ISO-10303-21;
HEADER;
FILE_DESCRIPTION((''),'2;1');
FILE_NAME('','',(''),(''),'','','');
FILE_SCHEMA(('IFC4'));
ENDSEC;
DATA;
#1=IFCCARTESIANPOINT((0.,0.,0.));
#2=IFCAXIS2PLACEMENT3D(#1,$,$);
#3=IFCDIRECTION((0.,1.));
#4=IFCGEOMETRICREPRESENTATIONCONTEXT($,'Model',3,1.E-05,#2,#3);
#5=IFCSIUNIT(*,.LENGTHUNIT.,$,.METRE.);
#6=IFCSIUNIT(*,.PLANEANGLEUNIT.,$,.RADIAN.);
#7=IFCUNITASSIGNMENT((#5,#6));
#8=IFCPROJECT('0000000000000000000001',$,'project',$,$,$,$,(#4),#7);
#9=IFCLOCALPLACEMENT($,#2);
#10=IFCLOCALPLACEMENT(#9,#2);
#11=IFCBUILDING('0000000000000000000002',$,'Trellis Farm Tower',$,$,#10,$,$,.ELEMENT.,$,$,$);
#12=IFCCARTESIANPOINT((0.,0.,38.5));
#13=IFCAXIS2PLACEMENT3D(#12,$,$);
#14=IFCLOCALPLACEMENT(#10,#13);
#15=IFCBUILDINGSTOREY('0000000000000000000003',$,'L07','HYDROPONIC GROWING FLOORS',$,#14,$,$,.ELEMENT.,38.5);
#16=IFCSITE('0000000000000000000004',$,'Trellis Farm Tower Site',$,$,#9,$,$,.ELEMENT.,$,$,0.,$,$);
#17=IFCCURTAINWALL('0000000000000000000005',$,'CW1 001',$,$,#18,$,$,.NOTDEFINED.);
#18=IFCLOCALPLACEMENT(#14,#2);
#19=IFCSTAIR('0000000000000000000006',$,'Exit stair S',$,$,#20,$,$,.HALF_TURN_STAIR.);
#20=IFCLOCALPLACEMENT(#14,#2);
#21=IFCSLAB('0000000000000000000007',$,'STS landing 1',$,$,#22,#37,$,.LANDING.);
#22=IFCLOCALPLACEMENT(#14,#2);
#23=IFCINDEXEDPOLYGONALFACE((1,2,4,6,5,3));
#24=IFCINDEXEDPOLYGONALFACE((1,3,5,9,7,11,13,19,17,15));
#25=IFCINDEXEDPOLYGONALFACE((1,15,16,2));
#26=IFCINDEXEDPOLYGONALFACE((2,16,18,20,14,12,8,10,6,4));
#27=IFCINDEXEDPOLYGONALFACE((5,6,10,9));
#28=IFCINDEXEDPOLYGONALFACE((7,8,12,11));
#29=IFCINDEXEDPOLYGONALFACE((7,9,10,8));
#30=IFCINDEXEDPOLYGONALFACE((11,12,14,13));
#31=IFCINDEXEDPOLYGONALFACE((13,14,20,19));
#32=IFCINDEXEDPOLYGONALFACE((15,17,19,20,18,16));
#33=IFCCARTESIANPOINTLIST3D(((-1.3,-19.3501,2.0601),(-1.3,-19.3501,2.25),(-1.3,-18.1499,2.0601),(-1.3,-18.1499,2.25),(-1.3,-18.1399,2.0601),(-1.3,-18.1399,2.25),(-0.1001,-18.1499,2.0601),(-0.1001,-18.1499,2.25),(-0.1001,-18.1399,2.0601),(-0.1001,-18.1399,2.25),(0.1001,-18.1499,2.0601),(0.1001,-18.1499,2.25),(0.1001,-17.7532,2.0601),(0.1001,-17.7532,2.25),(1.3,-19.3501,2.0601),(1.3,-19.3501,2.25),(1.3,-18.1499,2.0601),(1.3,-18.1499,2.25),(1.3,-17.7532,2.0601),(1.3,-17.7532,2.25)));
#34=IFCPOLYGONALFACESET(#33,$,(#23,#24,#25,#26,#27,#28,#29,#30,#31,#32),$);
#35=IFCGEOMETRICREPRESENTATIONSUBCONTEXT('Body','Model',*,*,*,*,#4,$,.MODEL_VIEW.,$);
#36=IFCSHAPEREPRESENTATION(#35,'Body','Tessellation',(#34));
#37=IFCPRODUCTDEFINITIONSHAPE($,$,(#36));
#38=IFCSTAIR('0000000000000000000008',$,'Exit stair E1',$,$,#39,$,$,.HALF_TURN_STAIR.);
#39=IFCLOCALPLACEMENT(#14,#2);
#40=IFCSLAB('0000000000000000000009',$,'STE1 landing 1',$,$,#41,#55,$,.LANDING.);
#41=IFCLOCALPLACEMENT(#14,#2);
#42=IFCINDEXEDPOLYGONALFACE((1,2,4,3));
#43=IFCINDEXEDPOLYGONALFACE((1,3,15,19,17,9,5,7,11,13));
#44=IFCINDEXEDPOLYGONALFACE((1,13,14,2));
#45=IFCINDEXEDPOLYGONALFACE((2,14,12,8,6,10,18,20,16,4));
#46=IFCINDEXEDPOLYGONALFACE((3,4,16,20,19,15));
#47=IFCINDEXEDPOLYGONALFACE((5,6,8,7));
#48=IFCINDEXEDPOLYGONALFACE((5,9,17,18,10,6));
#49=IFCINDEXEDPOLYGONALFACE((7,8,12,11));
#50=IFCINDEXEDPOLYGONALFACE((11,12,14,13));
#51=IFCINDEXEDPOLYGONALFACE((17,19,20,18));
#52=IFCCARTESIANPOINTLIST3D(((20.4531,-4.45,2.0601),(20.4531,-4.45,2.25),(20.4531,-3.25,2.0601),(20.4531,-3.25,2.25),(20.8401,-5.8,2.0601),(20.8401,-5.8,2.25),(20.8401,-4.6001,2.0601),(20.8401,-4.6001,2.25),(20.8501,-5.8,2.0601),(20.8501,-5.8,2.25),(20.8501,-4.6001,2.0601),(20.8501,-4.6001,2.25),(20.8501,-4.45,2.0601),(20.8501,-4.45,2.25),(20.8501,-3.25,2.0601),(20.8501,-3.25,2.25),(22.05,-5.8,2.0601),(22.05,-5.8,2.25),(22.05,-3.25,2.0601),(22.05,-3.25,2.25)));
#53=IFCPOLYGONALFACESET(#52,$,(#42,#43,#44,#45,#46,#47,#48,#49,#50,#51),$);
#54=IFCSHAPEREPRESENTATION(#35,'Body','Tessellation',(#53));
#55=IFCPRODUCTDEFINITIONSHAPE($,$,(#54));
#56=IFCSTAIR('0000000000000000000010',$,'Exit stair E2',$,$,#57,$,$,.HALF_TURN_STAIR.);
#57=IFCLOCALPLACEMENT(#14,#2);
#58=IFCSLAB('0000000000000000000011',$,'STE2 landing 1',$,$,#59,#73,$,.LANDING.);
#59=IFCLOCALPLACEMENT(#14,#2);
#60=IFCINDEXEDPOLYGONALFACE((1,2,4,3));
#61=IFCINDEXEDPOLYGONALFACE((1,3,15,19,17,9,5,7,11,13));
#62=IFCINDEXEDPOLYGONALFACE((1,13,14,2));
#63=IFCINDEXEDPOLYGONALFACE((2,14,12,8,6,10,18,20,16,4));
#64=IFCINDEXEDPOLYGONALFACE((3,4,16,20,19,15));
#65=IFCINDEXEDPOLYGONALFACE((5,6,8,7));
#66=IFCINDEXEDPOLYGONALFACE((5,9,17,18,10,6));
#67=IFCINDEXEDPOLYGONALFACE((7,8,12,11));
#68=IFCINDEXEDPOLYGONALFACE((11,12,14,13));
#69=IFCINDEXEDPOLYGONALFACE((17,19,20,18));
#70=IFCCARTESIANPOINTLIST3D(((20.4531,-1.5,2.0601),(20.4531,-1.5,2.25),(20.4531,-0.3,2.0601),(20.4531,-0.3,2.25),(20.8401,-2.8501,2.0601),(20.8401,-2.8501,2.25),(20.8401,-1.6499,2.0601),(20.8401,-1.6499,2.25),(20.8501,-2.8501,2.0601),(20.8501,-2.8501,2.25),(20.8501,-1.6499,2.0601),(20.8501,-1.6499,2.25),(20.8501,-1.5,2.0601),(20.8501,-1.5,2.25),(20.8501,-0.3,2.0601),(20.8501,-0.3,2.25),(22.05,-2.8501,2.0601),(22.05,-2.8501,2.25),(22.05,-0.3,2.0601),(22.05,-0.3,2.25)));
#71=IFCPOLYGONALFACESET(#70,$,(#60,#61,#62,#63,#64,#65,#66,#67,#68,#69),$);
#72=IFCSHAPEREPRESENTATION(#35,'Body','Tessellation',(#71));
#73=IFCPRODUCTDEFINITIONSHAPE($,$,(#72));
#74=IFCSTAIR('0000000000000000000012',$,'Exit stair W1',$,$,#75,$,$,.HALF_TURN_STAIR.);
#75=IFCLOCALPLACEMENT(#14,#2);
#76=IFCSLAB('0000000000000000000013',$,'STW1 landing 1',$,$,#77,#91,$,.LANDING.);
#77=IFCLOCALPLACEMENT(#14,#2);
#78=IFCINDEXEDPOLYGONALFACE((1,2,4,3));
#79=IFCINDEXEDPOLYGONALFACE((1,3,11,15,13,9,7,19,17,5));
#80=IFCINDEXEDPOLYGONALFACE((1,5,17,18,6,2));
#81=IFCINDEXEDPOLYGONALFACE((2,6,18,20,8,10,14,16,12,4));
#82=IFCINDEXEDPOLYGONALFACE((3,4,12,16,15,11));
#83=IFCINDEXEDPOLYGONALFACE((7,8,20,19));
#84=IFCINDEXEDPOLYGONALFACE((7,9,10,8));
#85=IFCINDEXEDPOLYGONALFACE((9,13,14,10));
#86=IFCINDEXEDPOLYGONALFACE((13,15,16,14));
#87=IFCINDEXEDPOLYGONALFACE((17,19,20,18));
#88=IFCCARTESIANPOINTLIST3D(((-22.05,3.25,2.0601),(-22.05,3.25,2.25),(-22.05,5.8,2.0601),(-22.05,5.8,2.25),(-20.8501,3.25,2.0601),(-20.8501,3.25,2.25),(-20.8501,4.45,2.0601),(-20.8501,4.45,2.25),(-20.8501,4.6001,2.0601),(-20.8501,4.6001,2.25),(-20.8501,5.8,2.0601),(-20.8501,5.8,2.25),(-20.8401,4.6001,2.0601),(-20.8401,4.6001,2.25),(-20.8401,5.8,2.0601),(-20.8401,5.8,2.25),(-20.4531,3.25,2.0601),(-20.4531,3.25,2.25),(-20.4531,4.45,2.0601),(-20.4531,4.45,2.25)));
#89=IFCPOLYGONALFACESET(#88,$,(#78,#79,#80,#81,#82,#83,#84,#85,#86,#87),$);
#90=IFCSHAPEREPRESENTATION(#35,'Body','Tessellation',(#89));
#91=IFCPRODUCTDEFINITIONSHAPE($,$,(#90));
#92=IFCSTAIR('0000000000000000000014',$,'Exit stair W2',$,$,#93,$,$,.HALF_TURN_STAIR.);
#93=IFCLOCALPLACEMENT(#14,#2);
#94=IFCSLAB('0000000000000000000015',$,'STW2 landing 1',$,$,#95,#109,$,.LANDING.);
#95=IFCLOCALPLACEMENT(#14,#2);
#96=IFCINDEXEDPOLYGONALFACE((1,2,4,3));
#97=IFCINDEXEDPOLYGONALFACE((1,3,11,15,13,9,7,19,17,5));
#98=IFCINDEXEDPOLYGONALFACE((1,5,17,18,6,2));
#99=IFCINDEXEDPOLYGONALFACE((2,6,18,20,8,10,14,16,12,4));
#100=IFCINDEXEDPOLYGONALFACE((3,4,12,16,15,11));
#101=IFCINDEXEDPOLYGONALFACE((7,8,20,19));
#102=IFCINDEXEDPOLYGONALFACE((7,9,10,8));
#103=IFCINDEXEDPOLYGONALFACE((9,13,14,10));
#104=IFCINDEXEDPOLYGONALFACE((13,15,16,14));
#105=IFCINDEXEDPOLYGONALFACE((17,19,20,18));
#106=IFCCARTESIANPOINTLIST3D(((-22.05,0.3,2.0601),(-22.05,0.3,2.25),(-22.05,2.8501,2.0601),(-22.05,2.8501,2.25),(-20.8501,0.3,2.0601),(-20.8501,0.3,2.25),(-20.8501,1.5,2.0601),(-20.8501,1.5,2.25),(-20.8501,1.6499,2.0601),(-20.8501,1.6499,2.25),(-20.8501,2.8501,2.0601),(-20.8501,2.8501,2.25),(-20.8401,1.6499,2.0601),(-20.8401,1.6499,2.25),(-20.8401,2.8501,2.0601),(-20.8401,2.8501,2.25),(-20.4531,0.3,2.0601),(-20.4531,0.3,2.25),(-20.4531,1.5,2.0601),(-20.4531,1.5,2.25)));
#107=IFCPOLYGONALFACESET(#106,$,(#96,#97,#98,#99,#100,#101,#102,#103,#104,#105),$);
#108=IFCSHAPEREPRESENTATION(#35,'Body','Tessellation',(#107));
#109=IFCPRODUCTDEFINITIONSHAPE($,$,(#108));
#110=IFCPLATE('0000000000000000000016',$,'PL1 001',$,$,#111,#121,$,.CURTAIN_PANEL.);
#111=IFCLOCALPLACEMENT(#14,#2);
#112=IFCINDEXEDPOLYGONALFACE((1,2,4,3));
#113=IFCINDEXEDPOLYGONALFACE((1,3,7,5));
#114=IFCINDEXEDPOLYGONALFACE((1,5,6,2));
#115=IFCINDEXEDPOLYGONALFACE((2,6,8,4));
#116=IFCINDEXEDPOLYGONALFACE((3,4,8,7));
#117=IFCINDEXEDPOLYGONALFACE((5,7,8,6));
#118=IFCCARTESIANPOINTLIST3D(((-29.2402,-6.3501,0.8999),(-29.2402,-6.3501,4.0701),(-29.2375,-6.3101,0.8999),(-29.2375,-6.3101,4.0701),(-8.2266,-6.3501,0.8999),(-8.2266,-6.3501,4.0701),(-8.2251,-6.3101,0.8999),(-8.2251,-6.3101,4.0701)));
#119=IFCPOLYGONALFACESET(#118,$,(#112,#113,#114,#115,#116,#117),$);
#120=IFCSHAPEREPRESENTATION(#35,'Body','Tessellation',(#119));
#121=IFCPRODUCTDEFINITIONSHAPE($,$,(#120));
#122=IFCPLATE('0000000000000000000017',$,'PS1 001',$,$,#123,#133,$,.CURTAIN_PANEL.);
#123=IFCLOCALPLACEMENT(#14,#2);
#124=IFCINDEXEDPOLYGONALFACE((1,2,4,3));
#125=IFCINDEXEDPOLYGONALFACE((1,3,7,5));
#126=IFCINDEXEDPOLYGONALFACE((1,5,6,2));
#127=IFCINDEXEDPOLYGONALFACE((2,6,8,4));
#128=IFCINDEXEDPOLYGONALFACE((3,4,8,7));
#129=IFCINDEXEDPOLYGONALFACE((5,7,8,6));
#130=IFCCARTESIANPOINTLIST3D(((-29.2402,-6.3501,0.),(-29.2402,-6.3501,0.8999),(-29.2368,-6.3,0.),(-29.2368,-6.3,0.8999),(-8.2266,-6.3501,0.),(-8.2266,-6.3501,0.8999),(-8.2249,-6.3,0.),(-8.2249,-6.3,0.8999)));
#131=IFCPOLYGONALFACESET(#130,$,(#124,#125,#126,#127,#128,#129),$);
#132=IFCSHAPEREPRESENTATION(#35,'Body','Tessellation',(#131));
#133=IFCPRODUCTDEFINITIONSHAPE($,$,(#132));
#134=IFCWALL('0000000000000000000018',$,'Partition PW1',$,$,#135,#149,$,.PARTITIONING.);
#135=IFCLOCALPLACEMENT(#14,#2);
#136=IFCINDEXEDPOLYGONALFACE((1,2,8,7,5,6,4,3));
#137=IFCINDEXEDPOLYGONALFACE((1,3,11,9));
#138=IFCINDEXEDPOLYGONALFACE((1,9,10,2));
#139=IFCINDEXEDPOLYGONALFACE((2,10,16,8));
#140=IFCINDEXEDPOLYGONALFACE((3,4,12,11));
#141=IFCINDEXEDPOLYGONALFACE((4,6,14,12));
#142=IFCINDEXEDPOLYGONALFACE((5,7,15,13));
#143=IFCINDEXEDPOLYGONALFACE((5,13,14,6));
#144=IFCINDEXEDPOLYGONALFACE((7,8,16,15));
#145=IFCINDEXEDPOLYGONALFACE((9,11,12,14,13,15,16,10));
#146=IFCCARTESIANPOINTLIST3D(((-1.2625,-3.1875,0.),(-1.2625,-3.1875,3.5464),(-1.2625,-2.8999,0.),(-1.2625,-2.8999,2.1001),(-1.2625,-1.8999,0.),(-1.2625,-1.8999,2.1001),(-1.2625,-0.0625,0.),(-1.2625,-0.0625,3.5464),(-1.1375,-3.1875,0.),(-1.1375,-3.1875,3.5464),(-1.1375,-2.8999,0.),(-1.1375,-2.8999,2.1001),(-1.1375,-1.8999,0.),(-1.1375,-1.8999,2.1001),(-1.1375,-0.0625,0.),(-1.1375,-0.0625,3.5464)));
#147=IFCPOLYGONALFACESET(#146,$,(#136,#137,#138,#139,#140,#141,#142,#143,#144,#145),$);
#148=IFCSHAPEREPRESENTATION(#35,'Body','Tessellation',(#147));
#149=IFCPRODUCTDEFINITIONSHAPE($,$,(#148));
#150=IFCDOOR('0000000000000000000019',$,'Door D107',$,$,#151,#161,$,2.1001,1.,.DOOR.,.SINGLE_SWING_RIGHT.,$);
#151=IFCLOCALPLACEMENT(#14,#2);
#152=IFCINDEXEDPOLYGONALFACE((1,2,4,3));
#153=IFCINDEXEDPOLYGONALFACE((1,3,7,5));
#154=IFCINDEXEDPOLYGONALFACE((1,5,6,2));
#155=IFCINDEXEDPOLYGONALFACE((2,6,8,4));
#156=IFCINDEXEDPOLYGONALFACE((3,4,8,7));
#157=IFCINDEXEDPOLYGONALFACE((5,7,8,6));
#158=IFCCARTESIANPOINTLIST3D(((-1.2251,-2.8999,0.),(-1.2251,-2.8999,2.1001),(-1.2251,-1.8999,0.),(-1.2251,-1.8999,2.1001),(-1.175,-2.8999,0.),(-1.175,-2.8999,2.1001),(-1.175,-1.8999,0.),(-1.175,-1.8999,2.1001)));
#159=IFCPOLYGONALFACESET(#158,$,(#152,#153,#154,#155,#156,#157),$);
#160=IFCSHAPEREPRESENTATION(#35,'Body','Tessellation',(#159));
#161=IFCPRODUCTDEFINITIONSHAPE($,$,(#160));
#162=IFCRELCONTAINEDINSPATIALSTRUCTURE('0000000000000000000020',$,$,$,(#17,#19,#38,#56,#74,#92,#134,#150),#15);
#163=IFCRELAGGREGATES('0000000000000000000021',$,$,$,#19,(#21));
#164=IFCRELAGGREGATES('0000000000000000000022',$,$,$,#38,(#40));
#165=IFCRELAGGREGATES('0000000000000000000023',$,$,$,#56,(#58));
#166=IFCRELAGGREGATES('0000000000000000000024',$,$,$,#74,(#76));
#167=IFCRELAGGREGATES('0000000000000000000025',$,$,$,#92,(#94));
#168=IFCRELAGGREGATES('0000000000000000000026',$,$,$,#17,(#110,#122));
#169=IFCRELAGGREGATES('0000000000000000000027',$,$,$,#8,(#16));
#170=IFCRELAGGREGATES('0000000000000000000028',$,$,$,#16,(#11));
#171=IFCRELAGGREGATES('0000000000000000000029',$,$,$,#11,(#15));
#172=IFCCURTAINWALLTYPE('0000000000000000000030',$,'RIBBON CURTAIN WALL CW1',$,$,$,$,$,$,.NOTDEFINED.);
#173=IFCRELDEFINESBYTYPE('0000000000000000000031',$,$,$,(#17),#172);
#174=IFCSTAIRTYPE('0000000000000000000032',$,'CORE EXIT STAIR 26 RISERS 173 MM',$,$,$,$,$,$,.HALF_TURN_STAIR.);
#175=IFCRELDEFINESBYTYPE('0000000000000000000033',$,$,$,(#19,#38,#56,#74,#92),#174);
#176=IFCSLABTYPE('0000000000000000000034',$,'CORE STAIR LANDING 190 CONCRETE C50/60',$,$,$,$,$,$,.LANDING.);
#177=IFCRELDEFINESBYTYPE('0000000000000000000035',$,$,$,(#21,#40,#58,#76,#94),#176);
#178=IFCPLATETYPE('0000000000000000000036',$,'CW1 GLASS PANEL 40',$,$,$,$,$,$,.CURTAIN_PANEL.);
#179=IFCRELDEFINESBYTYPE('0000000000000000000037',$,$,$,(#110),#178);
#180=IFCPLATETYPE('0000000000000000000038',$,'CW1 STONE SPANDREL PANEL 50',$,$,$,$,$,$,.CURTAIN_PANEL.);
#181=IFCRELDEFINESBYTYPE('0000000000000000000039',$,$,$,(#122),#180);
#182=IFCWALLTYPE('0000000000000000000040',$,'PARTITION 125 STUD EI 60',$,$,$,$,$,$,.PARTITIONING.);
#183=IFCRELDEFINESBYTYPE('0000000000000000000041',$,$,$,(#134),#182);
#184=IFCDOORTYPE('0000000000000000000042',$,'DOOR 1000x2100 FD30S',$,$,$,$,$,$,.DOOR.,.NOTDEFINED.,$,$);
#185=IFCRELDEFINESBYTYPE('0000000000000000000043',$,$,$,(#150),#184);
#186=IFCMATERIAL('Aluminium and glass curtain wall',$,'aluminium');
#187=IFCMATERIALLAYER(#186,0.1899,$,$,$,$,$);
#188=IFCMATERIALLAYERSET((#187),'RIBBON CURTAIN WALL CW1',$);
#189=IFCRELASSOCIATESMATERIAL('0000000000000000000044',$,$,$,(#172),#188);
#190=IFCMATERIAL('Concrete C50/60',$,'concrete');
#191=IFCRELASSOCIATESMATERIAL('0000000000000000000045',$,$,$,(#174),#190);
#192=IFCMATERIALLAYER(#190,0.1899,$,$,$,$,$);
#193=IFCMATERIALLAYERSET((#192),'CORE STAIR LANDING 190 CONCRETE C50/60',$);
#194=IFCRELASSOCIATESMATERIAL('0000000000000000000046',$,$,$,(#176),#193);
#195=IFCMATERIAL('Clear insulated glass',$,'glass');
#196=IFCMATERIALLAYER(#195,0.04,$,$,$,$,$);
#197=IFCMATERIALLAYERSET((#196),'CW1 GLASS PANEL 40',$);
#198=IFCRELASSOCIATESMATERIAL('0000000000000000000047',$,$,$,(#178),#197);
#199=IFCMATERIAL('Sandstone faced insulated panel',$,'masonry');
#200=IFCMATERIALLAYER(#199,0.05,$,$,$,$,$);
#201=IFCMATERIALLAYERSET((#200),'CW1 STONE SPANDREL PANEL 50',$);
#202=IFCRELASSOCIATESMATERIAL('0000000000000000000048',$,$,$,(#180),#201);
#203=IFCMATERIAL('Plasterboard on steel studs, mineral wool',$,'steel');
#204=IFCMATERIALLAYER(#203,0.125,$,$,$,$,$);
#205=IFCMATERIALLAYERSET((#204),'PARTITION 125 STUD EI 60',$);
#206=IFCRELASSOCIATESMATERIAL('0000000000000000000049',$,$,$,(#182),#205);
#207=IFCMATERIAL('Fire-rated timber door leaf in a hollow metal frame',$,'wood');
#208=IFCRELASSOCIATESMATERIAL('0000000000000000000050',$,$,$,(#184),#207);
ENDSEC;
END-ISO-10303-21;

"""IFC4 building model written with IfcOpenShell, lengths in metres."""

from ifc_helpers import new_model, si_unit, direction, frame, frame_2d, origin, place, context, subcontext, project, spatial, polyline, rectangle, outline, extrude, source, transform, mapped, material, layer, layer_set, type_object, element, fill, aggregate, save


model = new_model("IFC4")

# Units and contexts
model_context = context("Model", 3, precision=1e-05, world=origin(), true_north=direction((0.0, 1.0)))
body_context = subcontext(model_context, "Body", "Model", "MODEL_VIEW")
ifc_project = project(units=[si_unit("LENGTHUNIT", "METRE"), si_unit("PLANEANGLEUNIT", "RADIAN")], contexts=[model_context])

# Site, building, storey
site_placement = place(None, origin())
site = spatial("IfcSite", under=ifc_project, at=site_placement, Name="Trellis Farm Tower Site", CompositionType="ELEMENT", RefElevation=0.0)
building_placement = place(site_placement, origin())
building = spatial("IfcBuilding", under=site, at=building_placement, Name="Trellis Farm Tower", CompositionType="ELEMENT")
storey_placement = place(building_placement, frame((0.0, 0.0, 38.5)))
storey = spatial("IfcBuildingStorey", under=building, at=storey_placement, Name="L07", Description="HYDROPONIC GROWING FLOORS", CompositionType="ELEMENT", Elevation=38.5)

# Curtain wall
ifc_material_1 = material(Name="Aluminium and glass curtain wall", Category="aluminium")
ifc_layer_1 = layer(ifc_material_1, 0.1899)
ifc_layer_set_1 = layer_set([ifc_layer_1], Name="RIBBON CURTAIN WALL CW1")
curtain_wall_type = type_object("IfcCurtainWallType", Name="RIBBON CURTAIN WALL CW1", PredefinedType="NOTDEFINED", material=ifc_layer_set_1)
placement_1 = place(storey_placement, origin())
curtain_wall = element("IfcCurtainWall", 1, at=placement_1, inside=storey, type_object=curtain_wall_type, Name="CW1 001", PredefinedType="NOTDEFINED")

# Stairs, slabs
ifc_material_2 = material(Name="Concrete C50/60", Category="concrete")
stair_type = type_object("IfcStairType", Name="CORE EXIT STAIR 26 RISERS 173 MM", PredefinedType="HALF_TURN_STAIR", material=ifc_material_2)
ifc_layer_2 = layer(ifc_material_2, 0.1899)
ifc_layer_set_2 = layer_set([ifc_layer_2], Name="CORE STAIR LANDING 190 CONCRETE C50/60")
slab_type_1 = type_object("IfcSlabType", Name="CORE STAIR LANDING 190 CONCRETE C50/60", PredefinedType="LANDING", material=ifc_layer_set_2)
placement_2 = place(storey_placement, frame((0.0, 0.0, 2.0601)))
stair_1 = element("IfcStair", 2, at=placement_1, inside=storey, type_object=stair_type, Name="Exit stair S", PredefinedType="HALF_TURN_STAIR")
shared_shape_1 = source(origin(), body_context, "Body", "SweptSolid", [
    extrude(outline(polyline([(1.3, -19.3501), (-1.3, -19.3501), (-1.3, -18.1499), (-1.3, -18.1399), (-0.1001, -18.1399), (-0.1001, -18.1499), (0.1001, -18.1499), (0.1001, -17.7532), (1.3, -17.7532), (1.3, -18.1499), (1.3, -19.3501)])), origin(), (0.0, 0.0, 1.0), 0.1899),
])
slab_1 = element("IfcSlab", 3, at=placement_2, type_object=slab_type_1, Name="STS landing 1", PredefinedType="LANDING", context=body_context, shape_type="MappedRepresentation", body=[
    mapped(shared_shape_1, transform((0.0, 0.0, 0.0))),
])
aggregate(stair_1, [slab_1])
stair_2 = element("IfcStair", 4, at=placement_1, inside=storey, type_object=stair_type, Name="Exit stair E1", PredefinedType="HALF_TURN_STAIR")
shared_shape_2 = source(origin(), body_context, "Body", "SweptSolid", [
    extrude(outline(polyline([(20.8401, -5.8), (20.8401, -4.6001), (20.8501, -4.6001), (20.8501, -4.45), (20.4531, -4.45), (20.4531, -3.25), (20.8501, -3.25), (22.05, -3.25), (22.05, -5.8), (20.8501, -5.8), (20.8401, -5.8)])), origin(), (0.0, 0.0, 1.0), 0.1899),
])
slab_2 = element("IfcSlab", 5, at=placement_2, type_object=slab_type_1, Name="STE1 landing 1", PredefinedType="LANDING", context=body_context, shape_type="MappedRepresentation", body=[
    mapped(shared_shape_2, transform((0.0, 0.0, 0.0))),
])
aggregate(stair_2, [slab_2])
stair_3 = element("IfcStair", 6, at=placement_1, inside=storey, type_object=stair_type, Name="Exit stair E2", PredefinedType="HALF_TURN_STAIR")
shared_shape_3 = source(origin(), body_context, "Body", "SweptSolid", [
    extrude(outline(polyline([(20.8401, -2.8501), (20.8401, -1.6499), (20.8501, -1.6499), (20.8501, -1.5), (20.4531, -1.5), (20.4531, -0.3), (20.8501, -0.3), (22.05, -0.3), (22.05, -2.8501), (20.8501, -2.8501), (20.8401, -2.8501)])), origin(), (0.0, 0.0, 1.0), 0.1899),
])
slab_3 = element("IfcSlab", 7, at=placement_2, type_object=slab_type_1, Name="STE2 landing 1", PredefinedType="LANDING", context=body_context, shape_type="MappedRepresentation", body=[
    mapped(shared_shape_3, transform((0.0, 0.0, 0.0))),
])
aggregate(stair_3, [slab_3])
stair_4 = element("IfcStair", 8, at=placement_1, inside=storey, type_object=stair_type, Name="Exit stair W1", PredefinedType="HALF_TURN_STAIR")
shared_shape_4 = source(origin(), body_context, "Body", "SweptSolid", [
    extrude(outline(polyline([(-20.4531, 4.45), (-20.4531, 3.25), (-20.8501, 3.25), (-22.05, 3.25), (-22.05, 5.8), (-20.8501, 5.8), (-20.8401, 5.8), (-20.8401, 4.6001), (-20.8501, 4.6001), (-20.8501, 4.45), (-20.4531, 4.45)])), origin(), (0.0, 0.0, 1.0), 0.1899),
])
slab_4 = element("IfcSlab", 9, at=placement_2, type_object=slab_type_1, Name="STW1 landing 1", PredefinedType="LANDING", context=body_context, shape_type="MappedRepresentation", body=[
    mapped(shared_shape_4, transform((0.0, 0.0, 0.0))),
])
aggregate(stair_4, [slab_4])
stair_5 = element("IfcStair", 10, at=placement_1, inside=storey, type_object=stair_type, Name="Exit stair W2", PredefinedType="HALF_TURN_STAIR")
shared_shape_5 = source(origin(), body_context, "Body", "SweptSolid", [
    extrude(outline(polyline([(-20.4531, 1.5), (-20.4531, 0.3), (-20.8501, 0.3), (-22.05, 0.3), (-22.05, 2.8501), (-20.8501, 2.8501), (-20.8401, 2.8501), (-20.8401, 1.6499), (-20.8501, 1.6499), (-20.8501, 1.5), (-20.4531, 1.5)])), origin(), (0.0, 0.0, 1.0), 0.1899),
])
slab_5 = element("IfcSlab", 11, at=placement_2, type_object=slab_type_1, Name="STW2 landing 1", PredefinedType="LANDING", context=body_context, shape_type="MappedRepresentation", body=[
    mapped(shared_shape_5, transform((0.0, 0.0, 0.0))),
])
aggregate(stair_5, [slab_5])

# Plates
ifc_material_3 = material(Name="Clear insulated glass", Category="glass")
ifc_layer_3 = layer(ifc_material_3, 0.04)
ifc_layer_set_3 = layer_set([ifc_layer_3], Name="CW1 GLASS PANEL 40")
plate_type_1 = type_object("IfcPlateType", Name="CW1 GLASS PANEL 40", PredefinedType="CURTAIN_PANEL", material=ifc_layer_set_3)
shared_shape_6 = source(origin(), body_context, "Body", "SweptSolid", [
    extrude(outline(polyline([(-29.2402, -6.3501), (-8.2266, -6.3501), (-8.2251, -6.3101), (-29.2375, -6.3101), (-29.2402, -6.3501)])), origin(), (0.0, 0.0, 1.0), 3.1702),
])
plate_1_placement = place(storey_placement, frame((0.0, 0.0, 0.8999)))
plate_1 = element("IfcPlate", 12, at=plate_1_placement, type_object=plate_type_1, Name="PL1 001", PredefinedType="CURTAIN_PANEL", context=body_context, shape_type="MappedRepresentation", body=[
    mapped(shared_shape_6, transform((0.0, 0.0, 0.0))),
])
ifc_material_4 = material(Name="Sandstone faced insulated panel", Category="masonry")
ifc_layer_4 = layer(ifc_material_4, 0.05)
ifc_layer_set_4 = layer_set([ifc_layer_4], Name="CW1 STONE SPANDREL PANEL 50")
plate_type_2 = type_object("IfcPlateType", Name="CW1 STONE SPANDREL PANEL 50", PredefinedType="CURTAIN_PANEL", material=ifc_layer_set_4)
shared_shape_7 = source(origin(), body_context, "Body", "SweptSolid", [
    extrude(outline(polyline([(-29.2402, -6.3501), (-8.2266, -6.3501), (-8.2249, -6.3), (-29.2368, -6.3), (-29.2402, -6.3501)])), origin(), (0.0, 0.0, 1.0), 0.8999),
])
plate_2 = element("IfcPlate", 13, at=placement_1, type_object=plate_type_2, Name="PS1 001", PredefinedType="CURTAIN_PANEL", context=body_context, shape_type="MappedRepresentation", body=[
    mapped(shared_shape_7, transform((0.0, 0.0, 0.0))),
])
aggregate(curtain_wall, [plate_1, plate_2])

# Wall, opening, door
ifc_material_5 = material(Name="Plasterboard on steel studs, mineral wool", Category="steel")
ifc_layer_5 = layer(ifc_material_5, 0.125)
ifc_layer_set_5 = layer_set([ifc_layer_5], Name="PARTITION 125 STUD EI 60")
wall_type_1 = type_object("IfcWallType", Name="PARTITION 125 STUD EI 60", PredefinedType="PARTITIONING", material=ifc_layer_set_5)
shared_shape_8 = source(origin(), body_context, "Body", "SweptSolid", [
    extrude(rectangle(XDim=3.125, YDim=0.125, at=frame_2d((1.5625, 0.0))), origin(), (0.0, 0.0, 1.0), 3.5464),
])
wall_1_placement = place(storey_placement, frame((-1.2, -0.0625, 0.0), z_axis=(0.0, 0.0, 1.0), x_axis=(0.0, -1.0, 0.0)))
wall_1 = element("IfcWall", 14, at=wall_1_placement, inside=storey, type_object=wall_type_1, Name="Partition PW1", PredefinedType="PARTITIONING", context=body_context, shape_type="MappedRepresentation", body=[
    mapped(shared_shape_8, transform((0.0, 0.0, 0.0))),
])
shared_shape_9 = source(origin(), body_context, "Body", "SweptSolid", [
    extrude(rectangle(XDim=1.0, YDim=2.1001, at=frame_2d((0.5, 1.05))), frame((0.0, 0.0725, 0.0), z_axis=(0.0, -1.0, 0.0), x_axis=(1.0, 0.0, 0.0)), (0.0, 0.0, 1.0), 0.145),
])
opening_1_placement = place(wall_1_placement, frame((1.8374, 0.0, 0.0)))
opening_1 = element("IfcOpeningElement", 15, at=opening_1_placement, cuts=wall_1, PredefinedType="OPENING", context=body_context, shape_type="MappedRepresentation", body=[
    mapped(shared_shape_9, transform((0.0, 0.0, 0.0))),
])
ifc_material_6 = material(Name="Fire-rated timber door leaf in a hollow metal frame", Category="wood")
door_type = type_object("IfcDoorType", Name="DOOR 1000x2100 FD30S", OperationType="NOTDEFINED", PredefinedType="DOOR", material=ifc_material_6)
shared_shape_10 = source(origin(), body_context, "Body", "SweptSolid", [
    extrude(rectangle(XDim=1.0, YDim=2.1001, at=frame_2d((0.5, 1.05))), frame((0.0, 0.0249, 0.0), z_axis=(0.0, -1.0, 0.0), x_axis=(1.0, 0.0, 0.0)), (0.0, 0.0, 1.0), 0.05),
])
door_1_placement = place(opening_1_placement, origin())
door_1 = element("IfcDoor", 16, at=door_1_placement, inside=storey, type_object=door_type, Name="Door D107", OperationType="SINGLE_SWING_RIGHT", OverallHeight=2.1001, OverallWidth=1.0, PredefinedType="DOOR", context=body_context, shape_type="MappedRepresentation", body=[
    mapped(shared_shape_10, transform((0.0, 0.0, 0.0))),
])
fill(opening_1, door_1)

save(model, "model.ifc")
